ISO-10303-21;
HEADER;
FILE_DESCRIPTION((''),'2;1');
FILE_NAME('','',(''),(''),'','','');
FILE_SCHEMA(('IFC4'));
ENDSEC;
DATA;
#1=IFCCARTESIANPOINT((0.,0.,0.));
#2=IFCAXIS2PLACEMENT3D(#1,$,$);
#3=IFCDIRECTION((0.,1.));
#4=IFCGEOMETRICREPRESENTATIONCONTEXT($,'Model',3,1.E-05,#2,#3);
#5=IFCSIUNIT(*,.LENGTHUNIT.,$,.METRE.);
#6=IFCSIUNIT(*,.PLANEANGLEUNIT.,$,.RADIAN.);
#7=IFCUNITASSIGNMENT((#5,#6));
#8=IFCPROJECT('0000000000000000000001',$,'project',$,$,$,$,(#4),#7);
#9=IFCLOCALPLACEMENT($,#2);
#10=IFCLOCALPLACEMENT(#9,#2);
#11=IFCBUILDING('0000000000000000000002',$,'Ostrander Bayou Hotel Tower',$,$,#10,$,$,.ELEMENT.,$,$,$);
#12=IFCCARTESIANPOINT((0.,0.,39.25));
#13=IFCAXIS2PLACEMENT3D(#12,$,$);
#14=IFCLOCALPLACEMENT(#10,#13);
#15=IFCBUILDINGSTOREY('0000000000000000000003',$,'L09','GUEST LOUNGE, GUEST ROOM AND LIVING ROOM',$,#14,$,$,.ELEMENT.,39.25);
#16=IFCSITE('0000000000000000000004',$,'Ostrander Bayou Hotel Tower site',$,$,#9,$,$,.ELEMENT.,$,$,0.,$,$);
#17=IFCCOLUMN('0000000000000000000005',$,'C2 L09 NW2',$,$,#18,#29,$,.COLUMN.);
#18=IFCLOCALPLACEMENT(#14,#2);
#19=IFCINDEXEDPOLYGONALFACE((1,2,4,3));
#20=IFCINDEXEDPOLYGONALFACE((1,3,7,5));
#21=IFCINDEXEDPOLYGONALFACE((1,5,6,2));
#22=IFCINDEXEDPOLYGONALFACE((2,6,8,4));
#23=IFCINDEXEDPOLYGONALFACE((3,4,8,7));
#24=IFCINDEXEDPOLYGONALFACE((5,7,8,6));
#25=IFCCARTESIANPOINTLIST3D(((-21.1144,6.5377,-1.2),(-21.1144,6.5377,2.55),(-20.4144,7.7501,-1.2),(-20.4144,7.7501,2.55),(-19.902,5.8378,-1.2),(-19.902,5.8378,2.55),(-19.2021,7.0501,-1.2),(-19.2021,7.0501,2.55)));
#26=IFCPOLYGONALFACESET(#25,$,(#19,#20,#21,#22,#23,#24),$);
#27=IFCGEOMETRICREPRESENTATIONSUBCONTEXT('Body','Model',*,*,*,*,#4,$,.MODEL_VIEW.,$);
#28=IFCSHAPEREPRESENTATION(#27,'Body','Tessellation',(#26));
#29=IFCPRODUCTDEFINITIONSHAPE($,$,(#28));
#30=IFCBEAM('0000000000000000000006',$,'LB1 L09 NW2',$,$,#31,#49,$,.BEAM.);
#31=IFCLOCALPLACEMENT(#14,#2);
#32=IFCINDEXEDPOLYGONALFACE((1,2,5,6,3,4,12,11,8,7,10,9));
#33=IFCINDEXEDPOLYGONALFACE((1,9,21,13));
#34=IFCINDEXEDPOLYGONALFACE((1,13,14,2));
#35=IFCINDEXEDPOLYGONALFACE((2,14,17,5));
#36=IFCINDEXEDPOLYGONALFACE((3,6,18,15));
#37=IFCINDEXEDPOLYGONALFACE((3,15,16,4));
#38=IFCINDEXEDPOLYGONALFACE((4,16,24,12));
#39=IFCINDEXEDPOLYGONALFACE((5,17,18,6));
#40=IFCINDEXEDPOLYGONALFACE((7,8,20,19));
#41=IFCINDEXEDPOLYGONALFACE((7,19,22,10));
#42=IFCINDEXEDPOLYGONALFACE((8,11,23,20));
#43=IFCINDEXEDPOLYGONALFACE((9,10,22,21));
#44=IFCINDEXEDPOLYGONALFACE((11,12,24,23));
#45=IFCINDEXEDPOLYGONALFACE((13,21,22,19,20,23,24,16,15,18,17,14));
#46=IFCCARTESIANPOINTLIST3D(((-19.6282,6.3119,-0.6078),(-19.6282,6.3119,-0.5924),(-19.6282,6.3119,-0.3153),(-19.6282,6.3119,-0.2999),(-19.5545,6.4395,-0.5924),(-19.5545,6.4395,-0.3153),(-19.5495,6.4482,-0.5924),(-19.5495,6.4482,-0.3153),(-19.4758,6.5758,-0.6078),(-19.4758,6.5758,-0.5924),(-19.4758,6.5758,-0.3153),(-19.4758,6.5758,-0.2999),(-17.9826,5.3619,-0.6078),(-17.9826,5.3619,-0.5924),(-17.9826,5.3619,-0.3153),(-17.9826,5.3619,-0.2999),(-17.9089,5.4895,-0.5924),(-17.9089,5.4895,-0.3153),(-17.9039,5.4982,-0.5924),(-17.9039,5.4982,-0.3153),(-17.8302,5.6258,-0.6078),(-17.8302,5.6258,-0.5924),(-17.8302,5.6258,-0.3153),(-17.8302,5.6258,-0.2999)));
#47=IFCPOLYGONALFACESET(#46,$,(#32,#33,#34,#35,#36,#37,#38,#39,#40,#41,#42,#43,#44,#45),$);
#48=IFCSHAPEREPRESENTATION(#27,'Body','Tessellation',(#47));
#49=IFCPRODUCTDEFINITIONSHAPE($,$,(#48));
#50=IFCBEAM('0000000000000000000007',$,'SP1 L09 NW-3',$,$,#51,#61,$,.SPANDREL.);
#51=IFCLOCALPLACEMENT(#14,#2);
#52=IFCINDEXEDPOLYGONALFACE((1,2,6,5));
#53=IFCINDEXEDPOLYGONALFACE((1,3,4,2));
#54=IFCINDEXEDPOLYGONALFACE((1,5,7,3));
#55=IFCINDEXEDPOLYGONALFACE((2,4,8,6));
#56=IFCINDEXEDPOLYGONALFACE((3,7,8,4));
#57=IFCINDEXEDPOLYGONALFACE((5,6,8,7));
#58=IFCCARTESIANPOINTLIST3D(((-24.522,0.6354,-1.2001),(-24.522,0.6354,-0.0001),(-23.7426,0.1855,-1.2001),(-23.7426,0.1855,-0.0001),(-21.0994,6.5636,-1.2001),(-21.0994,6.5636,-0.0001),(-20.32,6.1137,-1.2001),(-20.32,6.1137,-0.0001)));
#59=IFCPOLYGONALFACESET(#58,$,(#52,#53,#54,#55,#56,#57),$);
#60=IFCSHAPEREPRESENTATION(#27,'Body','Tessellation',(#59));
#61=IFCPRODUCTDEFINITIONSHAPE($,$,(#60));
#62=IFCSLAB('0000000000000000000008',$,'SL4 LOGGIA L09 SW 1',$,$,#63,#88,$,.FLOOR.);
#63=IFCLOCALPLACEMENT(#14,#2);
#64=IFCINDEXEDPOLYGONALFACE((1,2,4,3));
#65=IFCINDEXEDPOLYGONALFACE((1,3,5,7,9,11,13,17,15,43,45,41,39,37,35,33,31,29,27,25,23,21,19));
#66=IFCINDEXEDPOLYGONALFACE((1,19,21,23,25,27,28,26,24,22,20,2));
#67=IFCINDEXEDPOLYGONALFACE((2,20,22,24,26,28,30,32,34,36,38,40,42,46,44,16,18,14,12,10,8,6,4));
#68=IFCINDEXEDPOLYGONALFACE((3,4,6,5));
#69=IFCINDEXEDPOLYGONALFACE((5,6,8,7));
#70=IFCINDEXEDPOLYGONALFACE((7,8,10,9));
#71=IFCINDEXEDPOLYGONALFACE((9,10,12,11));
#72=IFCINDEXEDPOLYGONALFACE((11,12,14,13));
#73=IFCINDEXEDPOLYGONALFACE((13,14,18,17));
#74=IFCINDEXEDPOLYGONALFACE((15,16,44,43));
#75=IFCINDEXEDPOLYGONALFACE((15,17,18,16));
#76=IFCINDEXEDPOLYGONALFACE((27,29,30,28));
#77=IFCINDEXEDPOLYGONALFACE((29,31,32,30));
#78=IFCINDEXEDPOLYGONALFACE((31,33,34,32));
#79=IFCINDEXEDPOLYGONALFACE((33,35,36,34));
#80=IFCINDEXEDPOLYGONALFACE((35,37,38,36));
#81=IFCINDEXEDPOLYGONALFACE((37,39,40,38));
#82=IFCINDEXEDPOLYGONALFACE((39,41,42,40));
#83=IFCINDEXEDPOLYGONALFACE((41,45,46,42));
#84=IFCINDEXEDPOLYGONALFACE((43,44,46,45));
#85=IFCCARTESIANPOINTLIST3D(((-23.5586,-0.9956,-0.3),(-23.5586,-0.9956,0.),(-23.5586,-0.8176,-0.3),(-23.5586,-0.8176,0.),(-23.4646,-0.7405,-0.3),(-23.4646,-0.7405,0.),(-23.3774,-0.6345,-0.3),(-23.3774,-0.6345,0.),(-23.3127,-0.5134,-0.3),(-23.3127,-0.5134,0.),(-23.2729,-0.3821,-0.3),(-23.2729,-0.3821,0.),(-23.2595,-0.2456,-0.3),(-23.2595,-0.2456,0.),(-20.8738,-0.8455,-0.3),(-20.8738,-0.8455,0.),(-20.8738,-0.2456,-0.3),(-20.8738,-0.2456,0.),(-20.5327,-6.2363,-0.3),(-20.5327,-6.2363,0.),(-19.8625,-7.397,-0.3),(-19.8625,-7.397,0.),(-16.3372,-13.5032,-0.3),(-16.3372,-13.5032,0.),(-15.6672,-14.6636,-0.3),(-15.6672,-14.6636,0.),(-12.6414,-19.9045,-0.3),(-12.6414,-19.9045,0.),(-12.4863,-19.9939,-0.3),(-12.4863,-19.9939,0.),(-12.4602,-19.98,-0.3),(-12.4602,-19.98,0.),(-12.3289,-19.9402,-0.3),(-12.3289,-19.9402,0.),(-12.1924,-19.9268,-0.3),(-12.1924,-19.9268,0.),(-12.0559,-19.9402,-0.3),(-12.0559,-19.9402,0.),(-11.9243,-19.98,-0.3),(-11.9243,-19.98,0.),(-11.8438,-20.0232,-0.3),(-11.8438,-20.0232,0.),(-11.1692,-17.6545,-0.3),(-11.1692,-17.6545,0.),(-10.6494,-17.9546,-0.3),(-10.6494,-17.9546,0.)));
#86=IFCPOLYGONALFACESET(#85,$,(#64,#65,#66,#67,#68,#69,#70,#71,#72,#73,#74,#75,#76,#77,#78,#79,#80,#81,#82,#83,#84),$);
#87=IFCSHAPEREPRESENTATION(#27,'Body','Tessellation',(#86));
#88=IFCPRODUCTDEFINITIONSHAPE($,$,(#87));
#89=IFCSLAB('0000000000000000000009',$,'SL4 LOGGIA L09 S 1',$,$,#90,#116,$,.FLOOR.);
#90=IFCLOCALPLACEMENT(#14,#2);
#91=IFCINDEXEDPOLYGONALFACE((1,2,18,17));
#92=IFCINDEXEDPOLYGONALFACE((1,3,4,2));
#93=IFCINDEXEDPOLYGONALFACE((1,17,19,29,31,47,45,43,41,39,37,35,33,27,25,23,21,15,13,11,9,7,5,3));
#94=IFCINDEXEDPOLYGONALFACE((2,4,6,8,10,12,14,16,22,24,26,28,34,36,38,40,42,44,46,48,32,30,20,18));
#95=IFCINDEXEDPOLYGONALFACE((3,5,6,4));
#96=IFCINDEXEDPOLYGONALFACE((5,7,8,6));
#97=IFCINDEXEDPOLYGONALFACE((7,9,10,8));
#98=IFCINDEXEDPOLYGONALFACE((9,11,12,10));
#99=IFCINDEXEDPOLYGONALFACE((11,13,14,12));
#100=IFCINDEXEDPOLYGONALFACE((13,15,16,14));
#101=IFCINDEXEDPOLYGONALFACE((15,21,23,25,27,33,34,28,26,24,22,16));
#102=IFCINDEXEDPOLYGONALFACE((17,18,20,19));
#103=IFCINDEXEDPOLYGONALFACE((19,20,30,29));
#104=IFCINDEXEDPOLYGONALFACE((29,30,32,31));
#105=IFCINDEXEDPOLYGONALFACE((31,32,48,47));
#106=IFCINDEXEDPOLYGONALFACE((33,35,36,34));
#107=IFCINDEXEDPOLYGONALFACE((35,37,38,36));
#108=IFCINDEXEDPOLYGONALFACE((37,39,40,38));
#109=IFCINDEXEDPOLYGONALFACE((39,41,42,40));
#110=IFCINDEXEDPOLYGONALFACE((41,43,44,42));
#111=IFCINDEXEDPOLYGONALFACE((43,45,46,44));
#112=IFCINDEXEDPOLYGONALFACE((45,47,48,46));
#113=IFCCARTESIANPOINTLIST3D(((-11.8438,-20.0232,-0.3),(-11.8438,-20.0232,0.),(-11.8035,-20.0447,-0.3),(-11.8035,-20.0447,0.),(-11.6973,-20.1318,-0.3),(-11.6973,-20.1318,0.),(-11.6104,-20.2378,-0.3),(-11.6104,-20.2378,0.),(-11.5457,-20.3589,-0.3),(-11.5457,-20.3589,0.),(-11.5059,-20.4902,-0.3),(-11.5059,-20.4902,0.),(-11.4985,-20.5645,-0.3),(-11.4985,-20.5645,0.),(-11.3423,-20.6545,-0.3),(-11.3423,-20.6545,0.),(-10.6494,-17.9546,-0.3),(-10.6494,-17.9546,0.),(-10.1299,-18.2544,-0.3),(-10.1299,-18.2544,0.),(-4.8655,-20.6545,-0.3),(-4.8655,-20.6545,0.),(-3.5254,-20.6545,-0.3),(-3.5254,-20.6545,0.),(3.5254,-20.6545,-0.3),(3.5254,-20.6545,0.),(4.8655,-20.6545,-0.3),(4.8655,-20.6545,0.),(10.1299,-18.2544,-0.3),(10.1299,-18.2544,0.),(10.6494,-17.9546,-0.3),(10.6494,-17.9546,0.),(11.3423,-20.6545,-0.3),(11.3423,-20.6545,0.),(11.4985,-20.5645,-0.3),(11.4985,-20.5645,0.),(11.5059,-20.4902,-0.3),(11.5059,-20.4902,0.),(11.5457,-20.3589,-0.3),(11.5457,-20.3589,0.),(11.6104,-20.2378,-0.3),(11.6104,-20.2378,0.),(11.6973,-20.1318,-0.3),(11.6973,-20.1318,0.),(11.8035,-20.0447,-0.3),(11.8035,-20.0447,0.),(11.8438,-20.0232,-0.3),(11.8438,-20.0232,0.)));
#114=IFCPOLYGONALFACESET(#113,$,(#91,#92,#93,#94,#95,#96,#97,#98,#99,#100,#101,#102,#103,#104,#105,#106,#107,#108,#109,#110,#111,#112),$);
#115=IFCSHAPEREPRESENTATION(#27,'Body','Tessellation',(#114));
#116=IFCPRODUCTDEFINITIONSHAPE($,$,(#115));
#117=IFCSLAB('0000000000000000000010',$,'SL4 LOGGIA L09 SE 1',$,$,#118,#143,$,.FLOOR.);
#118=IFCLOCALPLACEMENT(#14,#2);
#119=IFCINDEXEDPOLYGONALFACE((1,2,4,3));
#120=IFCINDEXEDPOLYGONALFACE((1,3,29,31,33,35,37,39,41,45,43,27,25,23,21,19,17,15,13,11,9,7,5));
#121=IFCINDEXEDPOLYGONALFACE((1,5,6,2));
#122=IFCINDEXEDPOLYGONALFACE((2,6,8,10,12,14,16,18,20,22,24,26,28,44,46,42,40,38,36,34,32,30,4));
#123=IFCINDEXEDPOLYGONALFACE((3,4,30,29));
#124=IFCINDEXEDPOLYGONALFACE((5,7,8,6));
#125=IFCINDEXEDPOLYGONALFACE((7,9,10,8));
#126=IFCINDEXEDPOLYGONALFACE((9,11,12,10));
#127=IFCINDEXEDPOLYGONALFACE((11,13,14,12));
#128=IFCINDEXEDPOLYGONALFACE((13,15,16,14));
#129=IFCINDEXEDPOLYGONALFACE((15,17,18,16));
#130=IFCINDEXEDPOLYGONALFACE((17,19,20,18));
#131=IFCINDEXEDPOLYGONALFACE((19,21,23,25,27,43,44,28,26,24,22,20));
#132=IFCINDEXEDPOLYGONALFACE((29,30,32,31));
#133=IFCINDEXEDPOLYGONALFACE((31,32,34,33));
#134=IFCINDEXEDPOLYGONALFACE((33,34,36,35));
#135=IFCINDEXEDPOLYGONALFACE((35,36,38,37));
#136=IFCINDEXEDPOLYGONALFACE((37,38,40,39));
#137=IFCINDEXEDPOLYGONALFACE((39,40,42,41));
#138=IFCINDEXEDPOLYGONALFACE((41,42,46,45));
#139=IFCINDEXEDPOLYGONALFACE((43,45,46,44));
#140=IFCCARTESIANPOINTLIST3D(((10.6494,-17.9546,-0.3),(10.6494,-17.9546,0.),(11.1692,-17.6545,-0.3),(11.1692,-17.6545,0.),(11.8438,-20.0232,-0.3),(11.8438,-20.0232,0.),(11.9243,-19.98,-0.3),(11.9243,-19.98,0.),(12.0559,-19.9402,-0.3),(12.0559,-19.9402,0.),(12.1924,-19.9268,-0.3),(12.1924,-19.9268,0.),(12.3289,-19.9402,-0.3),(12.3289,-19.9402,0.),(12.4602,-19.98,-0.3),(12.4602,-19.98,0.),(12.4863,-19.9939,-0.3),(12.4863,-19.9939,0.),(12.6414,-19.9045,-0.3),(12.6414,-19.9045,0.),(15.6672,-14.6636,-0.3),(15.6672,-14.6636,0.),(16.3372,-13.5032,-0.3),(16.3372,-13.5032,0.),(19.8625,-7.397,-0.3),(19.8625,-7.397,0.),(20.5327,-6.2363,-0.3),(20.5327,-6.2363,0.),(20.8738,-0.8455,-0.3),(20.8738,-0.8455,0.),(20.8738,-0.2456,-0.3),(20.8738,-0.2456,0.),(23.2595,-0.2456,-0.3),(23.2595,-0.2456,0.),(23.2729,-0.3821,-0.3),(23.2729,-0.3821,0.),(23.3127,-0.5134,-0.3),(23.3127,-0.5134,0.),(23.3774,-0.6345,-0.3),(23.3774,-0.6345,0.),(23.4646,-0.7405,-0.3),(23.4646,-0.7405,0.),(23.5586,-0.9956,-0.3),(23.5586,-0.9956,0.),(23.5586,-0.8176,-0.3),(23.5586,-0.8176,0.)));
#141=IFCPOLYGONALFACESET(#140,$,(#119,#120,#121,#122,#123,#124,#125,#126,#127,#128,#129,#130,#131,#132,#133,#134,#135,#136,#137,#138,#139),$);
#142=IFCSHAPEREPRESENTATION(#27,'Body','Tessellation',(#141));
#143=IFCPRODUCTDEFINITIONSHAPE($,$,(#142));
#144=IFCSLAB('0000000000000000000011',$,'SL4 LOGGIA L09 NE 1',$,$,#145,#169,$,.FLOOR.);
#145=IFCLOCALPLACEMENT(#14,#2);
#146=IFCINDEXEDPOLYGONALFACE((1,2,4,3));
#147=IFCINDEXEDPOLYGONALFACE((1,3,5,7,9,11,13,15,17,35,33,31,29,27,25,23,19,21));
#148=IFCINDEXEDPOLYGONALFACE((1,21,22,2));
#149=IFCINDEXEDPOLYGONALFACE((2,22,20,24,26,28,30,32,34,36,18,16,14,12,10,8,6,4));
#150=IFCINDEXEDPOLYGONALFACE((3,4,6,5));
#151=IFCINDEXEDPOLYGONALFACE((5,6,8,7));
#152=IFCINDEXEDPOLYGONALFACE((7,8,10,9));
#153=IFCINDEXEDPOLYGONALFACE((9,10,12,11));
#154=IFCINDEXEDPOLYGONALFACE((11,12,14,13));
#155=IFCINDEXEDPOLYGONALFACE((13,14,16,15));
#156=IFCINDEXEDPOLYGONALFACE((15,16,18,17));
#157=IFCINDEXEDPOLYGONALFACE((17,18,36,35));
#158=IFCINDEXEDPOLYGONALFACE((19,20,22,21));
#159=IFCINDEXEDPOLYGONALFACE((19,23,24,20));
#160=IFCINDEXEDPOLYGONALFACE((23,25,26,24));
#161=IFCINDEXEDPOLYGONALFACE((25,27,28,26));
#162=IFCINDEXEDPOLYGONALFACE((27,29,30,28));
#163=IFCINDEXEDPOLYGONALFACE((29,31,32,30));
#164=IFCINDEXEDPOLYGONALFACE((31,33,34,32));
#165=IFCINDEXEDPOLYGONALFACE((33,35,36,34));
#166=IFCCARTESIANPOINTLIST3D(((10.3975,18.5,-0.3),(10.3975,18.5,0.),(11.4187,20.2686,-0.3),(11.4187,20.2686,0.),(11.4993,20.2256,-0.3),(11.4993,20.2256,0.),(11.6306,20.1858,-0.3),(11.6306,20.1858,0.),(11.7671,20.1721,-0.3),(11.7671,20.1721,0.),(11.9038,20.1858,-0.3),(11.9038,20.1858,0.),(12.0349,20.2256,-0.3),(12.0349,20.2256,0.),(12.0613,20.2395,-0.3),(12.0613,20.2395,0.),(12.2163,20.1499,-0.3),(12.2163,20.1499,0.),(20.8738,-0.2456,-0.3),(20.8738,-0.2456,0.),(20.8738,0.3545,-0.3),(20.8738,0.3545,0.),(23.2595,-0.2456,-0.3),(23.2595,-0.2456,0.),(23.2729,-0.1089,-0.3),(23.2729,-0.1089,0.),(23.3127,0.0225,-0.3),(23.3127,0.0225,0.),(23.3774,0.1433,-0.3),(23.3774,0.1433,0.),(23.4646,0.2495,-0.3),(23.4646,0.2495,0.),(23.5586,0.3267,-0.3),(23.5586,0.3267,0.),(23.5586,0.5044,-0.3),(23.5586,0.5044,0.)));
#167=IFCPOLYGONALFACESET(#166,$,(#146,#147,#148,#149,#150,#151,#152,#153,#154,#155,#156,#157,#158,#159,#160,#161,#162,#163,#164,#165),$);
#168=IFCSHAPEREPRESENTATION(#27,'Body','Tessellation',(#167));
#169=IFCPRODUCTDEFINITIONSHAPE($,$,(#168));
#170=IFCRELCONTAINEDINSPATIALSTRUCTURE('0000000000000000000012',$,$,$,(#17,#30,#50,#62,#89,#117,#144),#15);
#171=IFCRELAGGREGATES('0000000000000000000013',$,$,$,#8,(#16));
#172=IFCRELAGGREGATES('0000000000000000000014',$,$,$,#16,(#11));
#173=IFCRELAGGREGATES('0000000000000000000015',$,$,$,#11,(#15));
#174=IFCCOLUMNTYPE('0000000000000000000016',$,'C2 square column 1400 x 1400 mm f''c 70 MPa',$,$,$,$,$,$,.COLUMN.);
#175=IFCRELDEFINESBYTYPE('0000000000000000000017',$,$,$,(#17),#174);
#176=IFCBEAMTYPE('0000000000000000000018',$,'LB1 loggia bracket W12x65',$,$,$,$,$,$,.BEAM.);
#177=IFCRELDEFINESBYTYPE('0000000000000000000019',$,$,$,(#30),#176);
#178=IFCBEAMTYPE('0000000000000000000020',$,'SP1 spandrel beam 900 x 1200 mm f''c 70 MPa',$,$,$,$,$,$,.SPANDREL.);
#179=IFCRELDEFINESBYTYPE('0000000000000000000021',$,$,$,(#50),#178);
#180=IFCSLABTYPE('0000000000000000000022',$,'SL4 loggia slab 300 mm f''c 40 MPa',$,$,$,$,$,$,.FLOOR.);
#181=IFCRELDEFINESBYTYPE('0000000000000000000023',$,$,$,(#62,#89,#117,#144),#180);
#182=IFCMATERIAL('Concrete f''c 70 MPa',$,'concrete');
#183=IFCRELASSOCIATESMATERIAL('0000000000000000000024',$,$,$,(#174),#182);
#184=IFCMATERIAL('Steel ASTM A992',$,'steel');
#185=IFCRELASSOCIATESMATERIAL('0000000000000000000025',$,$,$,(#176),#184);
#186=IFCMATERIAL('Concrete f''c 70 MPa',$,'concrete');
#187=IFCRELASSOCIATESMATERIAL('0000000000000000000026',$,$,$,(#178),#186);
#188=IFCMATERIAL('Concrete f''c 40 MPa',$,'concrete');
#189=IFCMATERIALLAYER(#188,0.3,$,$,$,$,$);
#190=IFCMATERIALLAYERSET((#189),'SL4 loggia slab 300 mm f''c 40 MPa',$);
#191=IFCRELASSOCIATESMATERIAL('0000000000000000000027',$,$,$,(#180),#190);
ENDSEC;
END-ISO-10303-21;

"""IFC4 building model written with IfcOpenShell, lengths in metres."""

from ifc_helpers import new_model, si_unit, direction, frame, origin, origin_2d, place, context, subcontext, project, spatial, polyline, rectangle, i_section, outline, extrude, material, layer, layer_set, material_profile, profile_set, type_object, element, save


model = new_model("IFC4")

# Units and contexts
model_context = context("Model", 3, precision=1e-05, world=origin(), true_north=direction((0.0, 1.0)))
body_context = subcontext(model_context, "Body", "Model", "MODEL_VIEW")
ifc_project = project(units=[si_unit("LENGTHUNIT", "METRE"), si_unit("PLANEANGLEUNIT", "RADIAN")], contexts=[model_context])

# Site, building, storey
site_placement = place(None, origin())
site = spatial("IfcSite", under=ifc_project, at=site_placement, Name="Ostrander Bayou Hotel Tower site", CompositionType="ELEMENT", RefElevation=0.0)
building_placement = place(site_placement, origin())
building = spatial("IfcBuilding", under=site, at=building_placement, Name="Ostrander Bayou Hotel Tower", CompositionType="ELEMENT")
storey_placement = place(building_placement, frame((0.0, 0.0, 39.25)))
storey = spatial("IfcBuildingStorey", under=building, at=storey_placement, Name="L09", Description="GUEST LOUNGE, GUEST ROOM AND LIVING ROOM", CompositionType="ELEMENT", Elevation=39.25)

# Column
ifc_material_1 = material(Name="Concrete f'c 70 MPa", Category="concrete")
ifc_material_profile_1 = material_profile(ifc_material_1, rectangle(XDim=1.3999, YDim=1.3999, at=origin_2d()))
ifc_profile_set_1 = profile_set([ifc_material_profile_1], Name="Concrete f'c 70 MPa")
column_type = type_object("IfcColumnType", Name="C2 square column 1400 x 1400 mm f'c 70 MPa", PredefinedType="COLUMN", material=ifc_profile_set_1)
column_placement = place(storey_placement, frame((-20.1582, 6.7939, -1.2), z_axis=(0.0, 0.0, 1.0), x_axis=(0.5, 0.866025, 0.0)))
element("IfcColumn", 1, at=column_placement, inside=storey, type_object=column_type, Name="C2 L09 NW2", PredefinedType="COLUMN", context=body_context, shape_type="SweptSolid", body=[
    extrude(rectangle(XDim=1.3999, YDim=1.3999, at=origin_2d()), origin(), (0.0, 0.0, 1.0), 3.75),
])

# Beams
ifc_material_2 = material(Name="Steel ASTM A992", Category="steel")
ifc_material_profile_2 = material_profile(ifc_material_2, i_section(OverallWidth=0.3047, OverallDepth=0.3079, WebThickness=0.01, FlangeThickness=0.0154, at=origin_2d()))
ifc_profile_set_2 = profile_set([ifc_material_profile_2], Name="Steel ASTM A992")
beam_type_1 = type_object("IfcBeamType", Name="LB1 loggia bracket W12x65", PredefinedType="BEAM", material=ifc_profile_set_2)
beam_1_placement = place(storey_placement, frame((-19.552, 6.4438, -0.4539), z_axis=(0.866044, -0.499967, 0.0), x_axis=(0.499967, 0.866044, 0.0)))
element("IfcBeam", 2, at=beam_1_placement, inside=storey, type_object=beam_type_1, Name="LB1 L09 NW2", PredefinedType="BEAM", context=body_context, shape_type="SweptSolid", body=[
    extrude(i_section(OverallWidth=0.3047, OverallDepth=0.3079, WebThickness=0.01, FlangeThickness=0.0154, at=origin_2d()), origin(), (0.0, 0.0, 1.0), 1.9001),
])
ifc_material_3 = material(Name="Concrete f'c 70 MPa", Category="concrete")
ifc_material_profile_3 = material_profile(ifc_material_3, rectangle(XDim=0.8999, YDim=1.2, at=origin_2d()))
ifc_profile_set_3 = profile_set([ifc_material_profile_3], Name="Concrete f'c 70 MPa")
beam_type_2 = type_object("IfcBeamType", Name="SP1 spandrel beam 900 x 1200 mm f'c 70 MPa", PredefinedType="SPANDREL", material=ifc_profile_set_3)
beam_2_placement = place(storey_placement, frame((-20.7097, 6.3386, -0.6001), z_axis=(-0.499994, -0.866029, 0.0), x_axis=(0.866029, -0.499994, 0.0)))
element("IfcBeam", 3, at=beam_2_placement, inside=storey, type_object=beam_type_2, Name="SP1 L09 NW-3", PredefinedType="SPANDREL", context=body_context, shape_type="SweptSolid", body=[
    extrude(rectangle(XDim=0.8999, YDim=1.2, at=origin_2d()), origin(), (0.0, 0.0, 1.0), 6.8452),
])

# Slabs
ifc_material_4 = material(Name="Concrete f'c 40 MPa", Category="concrete")
ifc_layer_1 = layer(ifc_material_4, 0.3)
ifc_layer_set_1 = layer_set([ifc_layer_1], Name="SL4 loggia slab 300 mm f'c 40 MPa")
slab_type = type_object("IfcSlabType", Name="SL4 loggia slab 300 mm f'c 40 MPa", PredefinedType="FLOOR", material=ifc_layer_set_1)
slab_1_placement = place(storey_placement, frame((0.0, 0.0, -0.3)))
element("IfcSlab", 4, at=slab_1_placement, inside=storey, type_object=slab_type, Name="SL4 LOGGIA L09 SW 1", PredefinedType="FLOOR", context=body_context, shape_type="SweptSolid", body=[
    extrude(outline(polyline([(-10.6494, -17.9546), (-11.8438, -20.0232), (-11.9243, -19.98), (-12.0559, -19.9402), (-12.1924, -19.9268), (-12.3289, -19.9402), (-12.4602, -19.98), (-12.4863, -19.9939), (-12.6414, -19.9045), (-15.6672, -14.6636), (-16.3372, -13.5032), (-19.8625, -7.397), (-20.5327, -6.2363), (-23.5586, -0.9956), (-23.5586, -0.8176), (-23.4646, -0.7405), (-23.3774, -0.6345), (-23.3127, -0.5134), (-23.2729, -0.3821), (-23.2595, -0.2456), (-20.8738, -0.2456), (-20.8738, -0.8455), (-11.1692, -17.6545), (-10.6494, -17.9546)])), origin(), (0.0, 0.0, 1.0), 0.3),
])
slab_2_placement = place(storey_placement, frame((0.0, 0.0, -0.3)))
element("IfcSlab", 5, at=slab_2_placement, inside=storey, type_object=slab_type, Name="SL4 LOGGIA L09 S 1", PredefinedType="FLOOR", context=body_context, shape_type="SweptSolid", body=[
    extrude(outline(polyline([(10.6494, -17.9546), (11.8438, -20.0232), (11.8035, -20.0447), (11.6973, -20.1318), (11.6104, -20.2378), (11.5457, -20.3589), (11.5059, -20.4902), (11.4985, -20.5645), (11.3423, -20.6545), (4.8655, -20.6545), (3.5254, -20.6545), (-3.5254, -20.6545), (-4.8655, -20.6545), (-11.3423, -20.6545), (-11.4985, -20.5645), (-11.5059, -20.4902), (-11.5457, -20.3589), (-11.6104, -20.2378), (-11.6973, -20.1318), (-11.8035, -20.0447), (-11.8438, -20.0232), (-10.6494, -17.9546), (-10.1299, -18.2544), (10.1299, -18.2544), (10.6494, -17.9546)])), origin(), (0.0, 0.0, 1.0), 0.3),
])
slab_3_placement = place(storey_placement, frame((0.0, 0.0, -0.3)))
element("IfcSlab", 6, at=slab_3_placement, inside=storey, type_object=slab_type, Name="SL4 LOGGIA L09 SE 1", PredefinedType="FLOOR", context=body_context, shape_type="SweptSolid", body=[
    extrude(outline(polyline([(20.8738, -0.2456), (23.2595, -0.2456), (23.2729, -0.3821), (23.3127, -0.5134), (23.3774, -0.6345), (23.4646, -0.7405), (23.5586, -0.8176), (23.5586, -0.9956), (20.5327, -6.2363), (19.8625, -7.397), (16.3372, -13.5032), (15.6672, -14.6636), (12.6414, -19.9045), (12.4863, -19.9939), (12.4602, -19.98), (12.3289, -19.9402), (12.1924, -19.9268), (12.0559, -19.9402), (11.9243, -19.98), (11.8438, -20.0232), (10.6494, -17.9546), (11.1692, -17.6545), (20.8738, -0.8455), (20.8738, -0.2456)])), origin(), (0.0, 0.0, 1.0), 0.3),
])
slab_4_placement = place(storey_placement, frame((0.0, 0.0, -0.3)))
element("IfcSlab", 7, at=slab_4_placement, inside=storey, type_object=slab_type, Name="SL4 LOGGIA L09 NE 1", PredefinedType="FLOOR", context=body_context, shape_type="SweptSolid", body=[
    extrude(outline(polyline([(11.4187, 20.2686), (11.4993, 20.2256), (11.6306, 20.1858), (11.7671, 20.1721), (11.9038, 20.1858), (12.0349, 20.2256), (12.0613, 20.2395), (12.2163, 20.1499), (23.5586, 0.5044), (23.5586, 0.3267), (23.4646, 0.2495), (23.3774, 0.1433), (23.3127, 0.0225), (23.2729, -0.1089), (23.2595, -0.2456), (20.8738, -0.2456), (20.8738, 0.3545), (10.3975, 18.5), (11.4187, 20.2686)])), origin(), (0.0, 0.0, 1.0), 0.3),
])

save(model, "model.ifc")
